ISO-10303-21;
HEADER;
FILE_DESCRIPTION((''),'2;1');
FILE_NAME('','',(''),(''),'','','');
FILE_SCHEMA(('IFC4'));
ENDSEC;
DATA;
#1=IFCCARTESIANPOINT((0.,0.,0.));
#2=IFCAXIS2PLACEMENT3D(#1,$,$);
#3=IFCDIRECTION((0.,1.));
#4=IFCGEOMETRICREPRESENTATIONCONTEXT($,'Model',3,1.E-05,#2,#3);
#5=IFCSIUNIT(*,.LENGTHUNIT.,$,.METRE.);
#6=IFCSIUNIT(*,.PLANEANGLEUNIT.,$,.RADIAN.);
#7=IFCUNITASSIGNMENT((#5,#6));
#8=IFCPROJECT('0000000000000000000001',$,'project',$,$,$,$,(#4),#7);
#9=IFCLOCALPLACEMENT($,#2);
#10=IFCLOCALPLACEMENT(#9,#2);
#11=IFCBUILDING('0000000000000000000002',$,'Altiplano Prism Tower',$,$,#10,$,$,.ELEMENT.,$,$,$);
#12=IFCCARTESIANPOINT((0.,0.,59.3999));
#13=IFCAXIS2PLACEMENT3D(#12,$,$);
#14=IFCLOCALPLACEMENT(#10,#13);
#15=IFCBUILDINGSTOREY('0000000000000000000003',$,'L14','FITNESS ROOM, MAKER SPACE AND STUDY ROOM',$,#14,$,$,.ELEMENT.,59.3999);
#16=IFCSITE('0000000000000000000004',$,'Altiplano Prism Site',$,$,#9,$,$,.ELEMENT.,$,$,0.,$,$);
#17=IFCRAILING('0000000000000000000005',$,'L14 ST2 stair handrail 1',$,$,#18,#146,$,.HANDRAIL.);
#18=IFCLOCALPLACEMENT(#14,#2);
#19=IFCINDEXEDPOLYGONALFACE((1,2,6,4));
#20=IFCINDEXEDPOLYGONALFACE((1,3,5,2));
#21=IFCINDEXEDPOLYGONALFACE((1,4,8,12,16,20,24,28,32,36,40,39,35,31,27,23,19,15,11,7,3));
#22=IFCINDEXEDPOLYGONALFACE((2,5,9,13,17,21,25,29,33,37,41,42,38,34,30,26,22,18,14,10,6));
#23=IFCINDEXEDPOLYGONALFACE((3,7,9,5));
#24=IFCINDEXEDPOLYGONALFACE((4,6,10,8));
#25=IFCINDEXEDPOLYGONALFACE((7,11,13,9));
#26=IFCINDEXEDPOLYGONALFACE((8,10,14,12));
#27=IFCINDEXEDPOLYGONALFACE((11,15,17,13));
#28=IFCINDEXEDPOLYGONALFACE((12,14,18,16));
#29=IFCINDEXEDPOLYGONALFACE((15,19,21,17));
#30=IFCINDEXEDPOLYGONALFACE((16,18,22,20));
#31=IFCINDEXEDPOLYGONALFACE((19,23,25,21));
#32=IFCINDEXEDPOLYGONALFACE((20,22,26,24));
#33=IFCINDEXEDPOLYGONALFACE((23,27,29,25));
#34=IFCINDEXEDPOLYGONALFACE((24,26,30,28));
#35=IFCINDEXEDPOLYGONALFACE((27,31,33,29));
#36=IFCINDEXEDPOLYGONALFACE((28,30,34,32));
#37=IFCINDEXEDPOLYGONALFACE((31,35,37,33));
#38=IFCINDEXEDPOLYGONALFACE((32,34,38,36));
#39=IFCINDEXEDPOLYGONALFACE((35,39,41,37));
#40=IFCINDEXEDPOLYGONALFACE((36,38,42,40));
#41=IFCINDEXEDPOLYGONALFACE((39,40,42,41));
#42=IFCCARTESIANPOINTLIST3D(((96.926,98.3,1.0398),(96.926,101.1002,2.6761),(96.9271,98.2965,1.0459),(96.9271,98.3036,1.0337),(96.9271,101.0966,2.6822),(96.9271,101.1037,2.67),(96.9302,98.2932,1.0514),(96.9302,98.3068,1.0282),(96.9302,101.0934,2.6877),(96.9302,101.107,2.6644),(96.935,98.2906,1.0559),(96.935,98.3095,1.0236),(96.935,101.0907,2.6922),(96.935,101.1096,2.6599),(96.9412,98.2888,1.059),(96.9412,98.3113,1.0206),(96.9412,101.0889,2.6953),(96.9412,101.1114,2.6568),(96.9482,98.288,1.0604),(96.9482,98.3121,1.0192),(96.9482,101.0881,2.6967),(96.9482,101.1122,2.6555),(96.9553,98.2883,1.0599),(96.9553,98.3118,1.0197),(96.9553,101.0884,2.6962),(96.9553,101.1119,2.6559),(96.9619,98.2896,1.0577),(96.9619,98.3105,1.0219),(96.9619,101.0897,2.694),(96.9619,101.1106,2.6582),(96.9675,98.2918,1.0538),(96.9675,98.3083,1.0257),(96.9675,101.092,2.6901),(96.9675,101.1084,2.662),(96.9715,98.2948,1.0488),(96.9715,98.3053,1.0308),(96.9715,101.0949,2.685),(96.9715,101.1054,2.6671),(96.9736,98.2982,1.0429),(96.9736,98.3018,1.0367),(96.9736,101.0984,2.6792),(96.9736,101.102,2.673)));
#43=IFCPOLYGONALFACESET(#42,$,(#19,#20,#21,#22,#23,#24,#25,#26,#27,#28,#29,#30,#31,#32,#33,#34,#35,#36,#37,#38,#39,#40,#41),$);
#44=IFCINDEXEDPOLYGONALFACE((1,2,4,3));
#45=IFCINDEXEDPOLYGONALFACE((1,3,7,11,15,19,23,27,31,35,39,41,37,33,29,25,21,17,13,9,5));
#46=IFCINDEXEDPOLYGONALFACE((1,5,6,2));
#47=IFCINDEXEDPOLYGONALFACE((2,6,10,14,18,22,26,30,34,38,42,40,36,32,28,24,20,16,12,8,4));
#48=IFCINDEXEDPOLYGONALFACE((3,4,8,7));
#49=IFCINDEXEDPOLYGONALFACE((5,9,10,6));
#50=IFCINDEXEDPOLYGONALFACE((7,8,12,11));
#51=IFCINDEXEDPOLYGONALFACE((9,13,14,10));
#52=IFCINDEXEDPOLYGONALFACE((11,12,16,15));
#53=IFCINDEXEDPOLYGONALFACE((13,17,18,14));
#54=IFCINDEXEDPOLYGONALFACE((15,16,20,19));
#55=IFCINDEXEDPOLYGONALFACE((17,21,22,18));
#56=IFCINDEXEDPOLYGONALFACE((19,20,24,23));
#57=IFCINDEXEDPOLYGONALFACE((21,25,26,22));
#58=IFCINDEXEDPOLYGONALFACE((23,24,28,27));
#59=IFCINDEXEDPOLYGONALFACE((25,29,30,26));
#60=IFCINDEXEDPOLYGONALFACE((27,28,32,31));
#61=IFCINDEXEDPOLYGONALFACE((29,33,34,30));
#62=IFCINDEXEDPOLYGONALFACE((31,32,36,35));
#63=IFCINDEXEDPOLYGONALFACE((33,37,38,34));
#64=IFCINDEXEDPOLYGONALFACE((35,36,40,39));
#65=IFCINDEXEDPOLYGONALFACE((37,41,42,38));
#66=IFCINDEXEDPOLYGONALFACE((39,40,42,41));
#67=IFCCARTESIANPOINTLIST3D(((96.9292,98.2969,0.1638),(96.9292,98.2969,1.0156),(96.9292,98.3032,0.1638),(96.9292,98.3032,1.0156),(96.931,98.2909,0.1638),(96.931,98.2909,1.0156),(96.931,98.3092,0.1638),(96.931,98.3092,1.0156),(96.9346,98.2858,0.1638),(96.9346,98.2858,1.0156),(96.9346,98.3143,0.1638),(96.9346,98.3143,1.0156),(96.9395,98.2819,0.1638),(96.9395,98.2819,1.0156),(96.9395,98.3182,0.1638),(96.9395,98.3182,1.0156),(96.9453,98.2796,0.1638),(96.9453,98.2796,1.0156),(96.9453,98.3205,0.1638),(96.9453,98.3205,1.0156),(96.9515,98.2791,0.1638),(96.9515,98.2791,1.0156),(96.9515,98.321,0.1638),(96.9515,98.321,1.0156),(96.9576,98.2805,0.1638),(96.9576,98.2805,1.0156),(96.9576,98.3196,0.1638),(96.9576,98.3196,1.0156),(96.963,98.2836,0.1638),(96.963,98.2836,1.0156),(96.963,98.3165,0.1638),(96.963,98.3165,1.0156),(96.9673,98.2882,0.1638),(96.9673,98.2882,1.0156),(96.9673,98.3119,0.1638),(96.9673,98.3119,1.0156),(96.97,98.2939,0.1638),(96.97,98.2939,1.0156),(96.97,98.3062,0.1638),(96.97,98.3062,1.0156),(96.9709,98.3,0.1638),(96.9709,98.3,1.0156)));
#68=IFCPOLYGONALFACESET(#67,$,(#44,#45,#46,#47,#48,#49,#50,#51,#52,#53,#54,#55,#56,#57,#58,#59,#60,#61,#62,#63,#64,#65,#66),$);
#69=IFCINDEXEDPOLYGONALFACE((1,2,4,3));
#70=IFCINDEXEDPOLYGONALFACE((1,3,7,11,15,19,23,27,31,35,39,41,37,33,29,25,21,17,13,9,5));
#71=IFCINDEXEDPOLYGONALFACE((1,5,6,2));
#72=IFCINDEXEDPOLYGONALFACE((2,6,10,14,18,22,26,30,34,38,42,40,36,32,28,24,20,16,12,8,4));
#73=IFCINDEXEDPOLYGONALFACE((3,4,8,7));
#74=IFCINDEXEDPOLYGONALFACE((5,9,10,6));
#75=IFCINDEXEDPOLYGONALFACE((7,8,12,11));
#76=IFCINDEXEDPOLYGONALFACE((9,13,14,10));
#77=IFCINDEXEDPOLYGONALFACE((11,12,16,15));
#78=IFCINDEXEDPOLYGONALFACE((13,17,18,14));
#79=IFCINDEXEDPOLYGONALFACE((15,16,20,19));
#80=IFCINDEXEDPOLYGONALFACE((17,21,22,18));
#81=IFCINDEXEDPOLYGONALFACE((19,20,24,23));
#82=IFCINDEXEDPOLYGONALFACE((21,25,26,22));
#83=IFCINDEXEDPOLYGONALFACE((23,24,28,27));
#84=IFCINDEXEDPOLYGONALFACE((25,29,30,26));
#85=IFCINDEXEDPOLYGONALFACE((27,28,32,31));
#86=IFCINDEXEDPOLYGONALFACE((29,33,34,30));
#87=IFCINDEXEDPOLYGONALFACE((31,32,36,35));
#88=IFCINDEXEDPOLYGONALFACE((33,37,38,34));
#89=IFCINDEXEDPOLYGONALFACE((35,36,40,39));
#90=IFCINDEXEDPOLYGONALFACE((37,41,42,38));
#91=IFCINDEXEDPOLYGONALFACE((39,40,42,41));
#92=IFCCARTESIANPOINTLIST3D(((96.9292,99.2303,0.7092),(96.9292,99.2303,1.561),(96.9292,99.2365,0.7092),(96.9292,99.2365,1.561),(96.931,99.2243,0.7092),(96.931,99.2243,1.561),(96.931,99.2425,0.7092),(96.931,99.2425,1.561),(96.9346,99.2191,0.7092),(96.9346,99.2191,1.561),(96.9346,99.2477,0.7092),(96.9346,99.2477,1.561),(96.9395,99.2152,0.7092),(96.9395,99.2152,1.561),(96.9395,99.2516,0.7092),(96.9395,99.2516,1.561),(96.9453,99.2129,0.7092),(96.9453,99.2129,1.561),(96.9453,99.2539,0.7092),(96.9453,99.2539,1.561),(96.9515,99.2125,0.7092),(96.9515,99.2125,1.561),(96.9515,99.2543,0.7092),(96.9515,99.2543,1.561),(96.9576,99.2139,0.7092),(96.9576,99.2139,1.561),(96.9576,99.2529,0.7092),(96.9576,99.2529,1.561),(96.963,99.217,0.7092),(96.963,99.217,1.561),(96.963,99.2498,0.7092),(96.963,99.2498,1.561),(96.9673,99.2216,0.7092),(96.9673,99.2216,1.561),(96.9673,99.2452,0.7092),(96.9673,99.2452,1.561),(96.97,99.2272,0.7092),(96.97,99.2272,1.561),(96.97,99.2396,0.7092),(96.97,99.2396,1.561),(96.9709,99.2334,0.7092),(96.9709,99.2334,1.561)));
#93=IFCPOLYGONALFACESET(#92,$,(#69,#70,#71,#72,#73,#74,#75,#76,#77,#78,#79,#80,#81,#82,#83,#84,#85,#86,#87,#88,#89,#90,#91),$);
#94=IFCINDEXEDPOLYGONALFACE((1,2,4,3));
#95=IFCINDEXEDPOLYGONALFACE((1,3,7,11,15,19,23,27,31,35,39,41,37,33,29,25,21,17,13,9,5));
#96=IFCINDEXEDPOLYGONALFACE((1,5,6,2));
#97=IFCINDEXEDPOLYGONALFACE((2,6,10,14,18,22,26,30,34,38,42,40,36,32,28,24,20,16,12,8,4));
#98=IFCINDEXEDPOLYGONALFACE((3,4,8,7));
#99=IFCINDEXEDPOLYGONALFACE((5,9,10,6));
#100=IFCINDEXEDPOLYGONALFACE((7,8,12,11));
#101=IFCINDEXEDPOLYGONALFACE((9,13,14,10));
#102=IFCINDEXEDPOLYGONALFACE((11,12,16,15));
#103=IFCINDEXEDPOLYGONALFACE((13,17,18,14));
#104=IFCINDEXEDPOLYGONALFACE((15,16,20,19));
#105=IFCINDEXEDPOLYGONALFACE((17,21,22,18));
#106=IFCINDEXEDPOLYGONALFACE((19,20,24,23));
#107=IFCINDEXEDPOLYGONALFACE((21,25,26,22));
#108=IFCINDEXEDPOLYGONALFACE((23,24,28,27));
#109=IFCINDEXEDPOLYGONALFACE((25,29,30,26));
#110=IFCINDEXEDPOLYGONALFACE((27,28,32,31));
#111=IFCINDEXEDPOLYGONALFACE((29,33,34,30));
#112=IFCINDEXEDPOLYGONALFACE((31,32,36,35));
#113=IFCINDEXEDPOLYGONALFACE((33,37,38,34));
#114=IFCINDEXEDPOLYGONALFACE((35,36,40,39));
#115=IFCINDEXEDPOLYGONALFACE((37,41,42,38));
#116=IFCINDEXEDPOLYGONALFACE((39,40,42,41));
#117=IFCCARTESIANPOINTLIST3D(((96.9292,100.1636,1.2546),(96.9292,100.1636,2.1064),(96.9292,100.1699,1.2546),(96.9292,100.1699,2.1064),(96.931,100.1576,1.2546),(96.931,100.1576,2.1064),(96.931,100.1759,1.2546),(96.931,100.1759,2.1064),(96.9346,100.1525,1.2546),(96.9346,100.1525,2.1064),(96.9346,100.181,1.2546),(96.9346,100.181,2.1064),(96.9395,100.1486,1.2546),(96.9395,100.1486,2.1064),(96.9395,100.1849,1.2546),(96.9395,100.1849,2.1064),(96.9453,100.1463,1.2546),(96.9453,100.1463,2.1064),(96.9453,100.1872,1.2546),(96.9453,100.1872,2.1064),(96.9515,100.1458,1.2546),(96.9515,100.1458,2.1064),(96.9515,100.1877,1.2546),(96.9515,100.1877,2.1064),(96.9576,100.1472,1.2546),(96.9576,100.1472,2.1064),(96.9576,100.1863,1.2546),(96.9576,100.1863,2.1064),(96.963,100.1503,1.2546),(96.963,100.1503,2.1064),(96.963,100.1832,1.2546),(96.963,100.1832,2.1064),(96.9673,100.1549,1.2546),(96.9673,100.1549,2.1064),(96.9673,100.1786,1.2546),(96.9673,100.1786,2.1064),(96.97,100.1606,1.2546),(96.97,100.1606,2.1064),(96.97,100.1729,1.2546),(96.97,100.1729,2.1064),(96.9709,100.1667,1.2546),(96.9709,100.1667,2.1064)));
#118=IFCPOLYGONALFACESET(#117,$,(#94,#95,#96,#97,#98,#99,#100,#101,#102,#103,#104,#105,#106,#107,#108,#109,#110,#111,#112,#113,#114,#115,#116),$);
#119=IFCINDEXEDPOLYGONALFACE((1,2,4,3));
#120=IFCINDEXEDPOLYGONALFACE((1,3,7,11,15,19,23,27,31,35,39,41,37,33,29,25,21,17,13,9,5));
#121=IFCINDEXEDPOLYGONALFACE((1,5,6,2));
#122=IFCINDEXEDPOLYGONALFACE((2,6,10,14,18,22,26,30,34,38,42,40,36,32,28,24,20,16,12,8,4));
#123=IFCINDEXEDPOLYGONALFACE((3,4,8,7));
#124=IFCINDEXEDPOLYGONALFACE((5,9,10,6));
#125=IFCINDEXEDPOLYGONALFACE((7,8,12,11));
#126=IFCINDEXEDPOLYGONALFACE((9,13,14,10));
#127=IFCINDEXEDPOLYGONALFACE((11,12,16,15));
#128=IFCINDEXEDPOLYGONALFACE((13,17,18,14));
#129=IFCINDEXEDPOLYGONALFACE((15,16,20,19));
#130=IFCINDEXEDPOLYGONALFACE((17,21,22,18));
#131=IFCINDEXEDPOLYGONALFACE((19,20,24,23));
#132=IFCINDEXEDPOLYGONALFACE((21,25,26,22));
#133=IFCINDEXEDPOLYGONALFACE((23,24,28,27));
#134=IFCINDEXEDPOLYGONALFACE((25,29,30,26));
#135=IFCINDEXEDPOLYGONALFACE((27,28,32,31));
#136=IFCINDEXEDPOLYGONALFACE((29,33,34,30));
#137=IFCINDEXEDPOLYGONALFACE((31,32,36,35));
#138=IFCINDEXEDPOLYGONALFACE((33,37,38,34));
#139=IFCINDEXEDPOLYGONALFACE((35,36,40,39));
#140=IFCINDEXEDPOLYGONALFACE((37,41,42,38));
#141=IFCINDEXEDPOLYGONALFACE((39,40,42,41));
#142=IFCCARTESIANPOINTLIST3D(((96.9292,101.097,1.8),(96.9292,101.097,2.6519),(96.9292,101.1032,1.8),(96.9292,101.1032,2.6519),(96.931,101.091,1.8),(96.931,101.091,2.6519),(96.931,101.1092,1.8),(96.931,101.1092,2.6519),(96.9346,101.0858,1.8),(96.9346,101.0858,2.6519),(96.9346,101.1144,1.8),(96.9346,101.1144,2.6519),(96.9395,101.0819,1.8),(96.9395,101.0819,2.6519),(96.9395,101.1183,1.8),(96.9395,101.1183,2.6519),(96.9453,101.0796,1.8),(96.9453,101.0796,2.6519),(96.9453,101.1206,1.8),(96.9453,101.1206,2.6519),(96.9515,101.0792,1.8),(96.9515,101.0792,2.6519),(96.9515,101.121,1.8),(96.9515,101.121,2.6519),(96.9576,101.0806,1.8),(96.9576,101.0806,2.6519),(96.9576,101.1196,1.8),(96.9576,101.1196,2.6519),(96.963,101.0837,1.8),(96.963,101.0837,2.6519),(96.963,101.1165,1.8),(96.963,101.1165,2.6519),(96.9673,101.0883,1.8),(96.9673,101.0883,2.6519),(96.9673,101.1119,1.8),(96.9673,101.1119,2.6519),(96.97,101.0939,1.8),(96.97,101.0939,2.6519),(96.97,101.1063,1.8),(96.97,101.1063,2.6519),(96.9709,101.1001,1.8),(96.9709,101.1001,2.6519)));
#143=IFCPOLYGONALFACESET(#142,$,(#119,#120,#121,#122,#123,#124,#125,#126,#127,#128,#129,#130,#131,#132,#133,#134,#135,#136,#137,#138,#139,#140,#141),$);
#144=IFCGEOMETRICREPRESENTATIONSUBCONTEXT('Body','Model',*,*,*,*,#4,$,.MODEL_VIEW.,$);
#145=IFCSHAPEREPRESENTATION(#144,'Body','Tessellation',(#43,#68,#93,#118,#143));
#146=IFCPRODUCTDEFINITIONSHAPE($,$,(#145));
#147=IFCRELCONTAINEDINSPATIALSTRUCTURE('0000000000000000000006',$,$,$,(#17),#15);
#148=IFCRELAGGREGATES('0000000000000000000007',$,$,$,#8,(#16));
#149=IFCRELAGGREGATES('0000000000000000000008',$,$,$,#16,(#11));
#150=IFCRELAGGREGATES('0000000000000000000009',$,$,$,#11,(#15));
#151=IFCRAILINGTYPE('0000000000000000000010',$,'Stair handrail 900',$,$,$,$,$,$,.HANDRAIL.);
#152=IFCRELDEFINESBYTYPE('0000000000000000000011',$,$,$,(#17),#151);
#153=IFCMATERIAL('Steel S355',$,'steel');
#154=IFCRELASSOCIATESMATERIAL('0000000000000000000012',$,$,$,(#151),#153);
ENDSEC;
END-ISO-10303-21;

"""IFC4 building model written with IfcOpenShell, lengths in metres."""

from ifc_helpers import new_model, si_unit, direction, frame, origin, origin_2d, place, context, subcontext, project, spatial, circle, extrude, material, type_object, element, save


model = new_model("IFC4")

# Units and contexts
model_context = context("Model", 3, precision=1e-05, world=origin(), true_north=direction((0.0, 1.0)))
body_context = subcontext(model_context, "Body", "Model", "MODEL_VIEW")
ifc_project = project(units=[si_unit("LENGTHUNIT", "METRE"), si_unit("PLANEANGLEUNIT", "RADIAN")], contexts=[model_context])

# Site, building, storey
site_placement = place(None, origin())
site = spatial("IfcSite", under=ifc_project, at=site_placement, Name="Altiplano Prism Site", CompositionType="ELEMENT", RefElevation=0.0)
building_placement = place(site_placement, origin())
building = spatial("IfcBuilding", under=site, at=building_placement, Name="Altiplano Prism Tower", CompositionType="ELEMENT")
storey_placement = place(building_placement, frame((0.0, 0.0, 59.3999)))
storey = spatial("IfcBuildingStorey", under=building, at=storey_placement, Name="L14", Description="FITNESS ROOM, MAKER SPACE AND STUDY ROOM", CompositionType="ELEMENT", Elevation=59.3999)

# Railing
ifc_material_1 = material(Name="Steel S355", Category="steel")
railing_type_1 = type_object("IfcRailingType", Name="Stair handrail 900", PredefinedType="HANDRAIL", material=ifc_material_1)
railing_1_placement = place(storey_placement, frame((96.95, 98.3, 0.1638)))
element("IfcRailing", 1, at=railing_1_placement, inside=storey, type_object=railing_type_1, Name="L14 ST2 stair handrail 1", PredefinedType="HANDRAIL", context=body_context, shape_type="SweptSolid", body=[
    extrude(circle(Radius=0.0239, at=origin_2d()), frame((0.0, 0.0, 0.876), z_axis=(0.0, 0.863394, 0.504531), x_axis=(-1.0, 0.0, 0.0)), (0.0, 0.0, 1.0), 3.2432),
    extrude(circle(Radius=0.021, at=origin_2d()), origin(), (0.0, 0.0, 1.0), 0.8518),
    extrude(circle(Radius=0.021, at=origin_2d()), frame((0.0, 0.9333, 0.5454)), (0.0, 0.0, 1.0), 0.8518),
    extrude(circle(Radius=0.021, at=origin_2d()), frame((0.0, 1.8667, 1.0908)), (0.0, 0.0, 1.0), 0.8518),
    extrude(circle(Radius=0.021, at=origin_2d()), frame((0.0, 2.8, 1.6362)), (0.0, 0.0, 1.0), 0.8518),
])

save(model, "model.ifc")
